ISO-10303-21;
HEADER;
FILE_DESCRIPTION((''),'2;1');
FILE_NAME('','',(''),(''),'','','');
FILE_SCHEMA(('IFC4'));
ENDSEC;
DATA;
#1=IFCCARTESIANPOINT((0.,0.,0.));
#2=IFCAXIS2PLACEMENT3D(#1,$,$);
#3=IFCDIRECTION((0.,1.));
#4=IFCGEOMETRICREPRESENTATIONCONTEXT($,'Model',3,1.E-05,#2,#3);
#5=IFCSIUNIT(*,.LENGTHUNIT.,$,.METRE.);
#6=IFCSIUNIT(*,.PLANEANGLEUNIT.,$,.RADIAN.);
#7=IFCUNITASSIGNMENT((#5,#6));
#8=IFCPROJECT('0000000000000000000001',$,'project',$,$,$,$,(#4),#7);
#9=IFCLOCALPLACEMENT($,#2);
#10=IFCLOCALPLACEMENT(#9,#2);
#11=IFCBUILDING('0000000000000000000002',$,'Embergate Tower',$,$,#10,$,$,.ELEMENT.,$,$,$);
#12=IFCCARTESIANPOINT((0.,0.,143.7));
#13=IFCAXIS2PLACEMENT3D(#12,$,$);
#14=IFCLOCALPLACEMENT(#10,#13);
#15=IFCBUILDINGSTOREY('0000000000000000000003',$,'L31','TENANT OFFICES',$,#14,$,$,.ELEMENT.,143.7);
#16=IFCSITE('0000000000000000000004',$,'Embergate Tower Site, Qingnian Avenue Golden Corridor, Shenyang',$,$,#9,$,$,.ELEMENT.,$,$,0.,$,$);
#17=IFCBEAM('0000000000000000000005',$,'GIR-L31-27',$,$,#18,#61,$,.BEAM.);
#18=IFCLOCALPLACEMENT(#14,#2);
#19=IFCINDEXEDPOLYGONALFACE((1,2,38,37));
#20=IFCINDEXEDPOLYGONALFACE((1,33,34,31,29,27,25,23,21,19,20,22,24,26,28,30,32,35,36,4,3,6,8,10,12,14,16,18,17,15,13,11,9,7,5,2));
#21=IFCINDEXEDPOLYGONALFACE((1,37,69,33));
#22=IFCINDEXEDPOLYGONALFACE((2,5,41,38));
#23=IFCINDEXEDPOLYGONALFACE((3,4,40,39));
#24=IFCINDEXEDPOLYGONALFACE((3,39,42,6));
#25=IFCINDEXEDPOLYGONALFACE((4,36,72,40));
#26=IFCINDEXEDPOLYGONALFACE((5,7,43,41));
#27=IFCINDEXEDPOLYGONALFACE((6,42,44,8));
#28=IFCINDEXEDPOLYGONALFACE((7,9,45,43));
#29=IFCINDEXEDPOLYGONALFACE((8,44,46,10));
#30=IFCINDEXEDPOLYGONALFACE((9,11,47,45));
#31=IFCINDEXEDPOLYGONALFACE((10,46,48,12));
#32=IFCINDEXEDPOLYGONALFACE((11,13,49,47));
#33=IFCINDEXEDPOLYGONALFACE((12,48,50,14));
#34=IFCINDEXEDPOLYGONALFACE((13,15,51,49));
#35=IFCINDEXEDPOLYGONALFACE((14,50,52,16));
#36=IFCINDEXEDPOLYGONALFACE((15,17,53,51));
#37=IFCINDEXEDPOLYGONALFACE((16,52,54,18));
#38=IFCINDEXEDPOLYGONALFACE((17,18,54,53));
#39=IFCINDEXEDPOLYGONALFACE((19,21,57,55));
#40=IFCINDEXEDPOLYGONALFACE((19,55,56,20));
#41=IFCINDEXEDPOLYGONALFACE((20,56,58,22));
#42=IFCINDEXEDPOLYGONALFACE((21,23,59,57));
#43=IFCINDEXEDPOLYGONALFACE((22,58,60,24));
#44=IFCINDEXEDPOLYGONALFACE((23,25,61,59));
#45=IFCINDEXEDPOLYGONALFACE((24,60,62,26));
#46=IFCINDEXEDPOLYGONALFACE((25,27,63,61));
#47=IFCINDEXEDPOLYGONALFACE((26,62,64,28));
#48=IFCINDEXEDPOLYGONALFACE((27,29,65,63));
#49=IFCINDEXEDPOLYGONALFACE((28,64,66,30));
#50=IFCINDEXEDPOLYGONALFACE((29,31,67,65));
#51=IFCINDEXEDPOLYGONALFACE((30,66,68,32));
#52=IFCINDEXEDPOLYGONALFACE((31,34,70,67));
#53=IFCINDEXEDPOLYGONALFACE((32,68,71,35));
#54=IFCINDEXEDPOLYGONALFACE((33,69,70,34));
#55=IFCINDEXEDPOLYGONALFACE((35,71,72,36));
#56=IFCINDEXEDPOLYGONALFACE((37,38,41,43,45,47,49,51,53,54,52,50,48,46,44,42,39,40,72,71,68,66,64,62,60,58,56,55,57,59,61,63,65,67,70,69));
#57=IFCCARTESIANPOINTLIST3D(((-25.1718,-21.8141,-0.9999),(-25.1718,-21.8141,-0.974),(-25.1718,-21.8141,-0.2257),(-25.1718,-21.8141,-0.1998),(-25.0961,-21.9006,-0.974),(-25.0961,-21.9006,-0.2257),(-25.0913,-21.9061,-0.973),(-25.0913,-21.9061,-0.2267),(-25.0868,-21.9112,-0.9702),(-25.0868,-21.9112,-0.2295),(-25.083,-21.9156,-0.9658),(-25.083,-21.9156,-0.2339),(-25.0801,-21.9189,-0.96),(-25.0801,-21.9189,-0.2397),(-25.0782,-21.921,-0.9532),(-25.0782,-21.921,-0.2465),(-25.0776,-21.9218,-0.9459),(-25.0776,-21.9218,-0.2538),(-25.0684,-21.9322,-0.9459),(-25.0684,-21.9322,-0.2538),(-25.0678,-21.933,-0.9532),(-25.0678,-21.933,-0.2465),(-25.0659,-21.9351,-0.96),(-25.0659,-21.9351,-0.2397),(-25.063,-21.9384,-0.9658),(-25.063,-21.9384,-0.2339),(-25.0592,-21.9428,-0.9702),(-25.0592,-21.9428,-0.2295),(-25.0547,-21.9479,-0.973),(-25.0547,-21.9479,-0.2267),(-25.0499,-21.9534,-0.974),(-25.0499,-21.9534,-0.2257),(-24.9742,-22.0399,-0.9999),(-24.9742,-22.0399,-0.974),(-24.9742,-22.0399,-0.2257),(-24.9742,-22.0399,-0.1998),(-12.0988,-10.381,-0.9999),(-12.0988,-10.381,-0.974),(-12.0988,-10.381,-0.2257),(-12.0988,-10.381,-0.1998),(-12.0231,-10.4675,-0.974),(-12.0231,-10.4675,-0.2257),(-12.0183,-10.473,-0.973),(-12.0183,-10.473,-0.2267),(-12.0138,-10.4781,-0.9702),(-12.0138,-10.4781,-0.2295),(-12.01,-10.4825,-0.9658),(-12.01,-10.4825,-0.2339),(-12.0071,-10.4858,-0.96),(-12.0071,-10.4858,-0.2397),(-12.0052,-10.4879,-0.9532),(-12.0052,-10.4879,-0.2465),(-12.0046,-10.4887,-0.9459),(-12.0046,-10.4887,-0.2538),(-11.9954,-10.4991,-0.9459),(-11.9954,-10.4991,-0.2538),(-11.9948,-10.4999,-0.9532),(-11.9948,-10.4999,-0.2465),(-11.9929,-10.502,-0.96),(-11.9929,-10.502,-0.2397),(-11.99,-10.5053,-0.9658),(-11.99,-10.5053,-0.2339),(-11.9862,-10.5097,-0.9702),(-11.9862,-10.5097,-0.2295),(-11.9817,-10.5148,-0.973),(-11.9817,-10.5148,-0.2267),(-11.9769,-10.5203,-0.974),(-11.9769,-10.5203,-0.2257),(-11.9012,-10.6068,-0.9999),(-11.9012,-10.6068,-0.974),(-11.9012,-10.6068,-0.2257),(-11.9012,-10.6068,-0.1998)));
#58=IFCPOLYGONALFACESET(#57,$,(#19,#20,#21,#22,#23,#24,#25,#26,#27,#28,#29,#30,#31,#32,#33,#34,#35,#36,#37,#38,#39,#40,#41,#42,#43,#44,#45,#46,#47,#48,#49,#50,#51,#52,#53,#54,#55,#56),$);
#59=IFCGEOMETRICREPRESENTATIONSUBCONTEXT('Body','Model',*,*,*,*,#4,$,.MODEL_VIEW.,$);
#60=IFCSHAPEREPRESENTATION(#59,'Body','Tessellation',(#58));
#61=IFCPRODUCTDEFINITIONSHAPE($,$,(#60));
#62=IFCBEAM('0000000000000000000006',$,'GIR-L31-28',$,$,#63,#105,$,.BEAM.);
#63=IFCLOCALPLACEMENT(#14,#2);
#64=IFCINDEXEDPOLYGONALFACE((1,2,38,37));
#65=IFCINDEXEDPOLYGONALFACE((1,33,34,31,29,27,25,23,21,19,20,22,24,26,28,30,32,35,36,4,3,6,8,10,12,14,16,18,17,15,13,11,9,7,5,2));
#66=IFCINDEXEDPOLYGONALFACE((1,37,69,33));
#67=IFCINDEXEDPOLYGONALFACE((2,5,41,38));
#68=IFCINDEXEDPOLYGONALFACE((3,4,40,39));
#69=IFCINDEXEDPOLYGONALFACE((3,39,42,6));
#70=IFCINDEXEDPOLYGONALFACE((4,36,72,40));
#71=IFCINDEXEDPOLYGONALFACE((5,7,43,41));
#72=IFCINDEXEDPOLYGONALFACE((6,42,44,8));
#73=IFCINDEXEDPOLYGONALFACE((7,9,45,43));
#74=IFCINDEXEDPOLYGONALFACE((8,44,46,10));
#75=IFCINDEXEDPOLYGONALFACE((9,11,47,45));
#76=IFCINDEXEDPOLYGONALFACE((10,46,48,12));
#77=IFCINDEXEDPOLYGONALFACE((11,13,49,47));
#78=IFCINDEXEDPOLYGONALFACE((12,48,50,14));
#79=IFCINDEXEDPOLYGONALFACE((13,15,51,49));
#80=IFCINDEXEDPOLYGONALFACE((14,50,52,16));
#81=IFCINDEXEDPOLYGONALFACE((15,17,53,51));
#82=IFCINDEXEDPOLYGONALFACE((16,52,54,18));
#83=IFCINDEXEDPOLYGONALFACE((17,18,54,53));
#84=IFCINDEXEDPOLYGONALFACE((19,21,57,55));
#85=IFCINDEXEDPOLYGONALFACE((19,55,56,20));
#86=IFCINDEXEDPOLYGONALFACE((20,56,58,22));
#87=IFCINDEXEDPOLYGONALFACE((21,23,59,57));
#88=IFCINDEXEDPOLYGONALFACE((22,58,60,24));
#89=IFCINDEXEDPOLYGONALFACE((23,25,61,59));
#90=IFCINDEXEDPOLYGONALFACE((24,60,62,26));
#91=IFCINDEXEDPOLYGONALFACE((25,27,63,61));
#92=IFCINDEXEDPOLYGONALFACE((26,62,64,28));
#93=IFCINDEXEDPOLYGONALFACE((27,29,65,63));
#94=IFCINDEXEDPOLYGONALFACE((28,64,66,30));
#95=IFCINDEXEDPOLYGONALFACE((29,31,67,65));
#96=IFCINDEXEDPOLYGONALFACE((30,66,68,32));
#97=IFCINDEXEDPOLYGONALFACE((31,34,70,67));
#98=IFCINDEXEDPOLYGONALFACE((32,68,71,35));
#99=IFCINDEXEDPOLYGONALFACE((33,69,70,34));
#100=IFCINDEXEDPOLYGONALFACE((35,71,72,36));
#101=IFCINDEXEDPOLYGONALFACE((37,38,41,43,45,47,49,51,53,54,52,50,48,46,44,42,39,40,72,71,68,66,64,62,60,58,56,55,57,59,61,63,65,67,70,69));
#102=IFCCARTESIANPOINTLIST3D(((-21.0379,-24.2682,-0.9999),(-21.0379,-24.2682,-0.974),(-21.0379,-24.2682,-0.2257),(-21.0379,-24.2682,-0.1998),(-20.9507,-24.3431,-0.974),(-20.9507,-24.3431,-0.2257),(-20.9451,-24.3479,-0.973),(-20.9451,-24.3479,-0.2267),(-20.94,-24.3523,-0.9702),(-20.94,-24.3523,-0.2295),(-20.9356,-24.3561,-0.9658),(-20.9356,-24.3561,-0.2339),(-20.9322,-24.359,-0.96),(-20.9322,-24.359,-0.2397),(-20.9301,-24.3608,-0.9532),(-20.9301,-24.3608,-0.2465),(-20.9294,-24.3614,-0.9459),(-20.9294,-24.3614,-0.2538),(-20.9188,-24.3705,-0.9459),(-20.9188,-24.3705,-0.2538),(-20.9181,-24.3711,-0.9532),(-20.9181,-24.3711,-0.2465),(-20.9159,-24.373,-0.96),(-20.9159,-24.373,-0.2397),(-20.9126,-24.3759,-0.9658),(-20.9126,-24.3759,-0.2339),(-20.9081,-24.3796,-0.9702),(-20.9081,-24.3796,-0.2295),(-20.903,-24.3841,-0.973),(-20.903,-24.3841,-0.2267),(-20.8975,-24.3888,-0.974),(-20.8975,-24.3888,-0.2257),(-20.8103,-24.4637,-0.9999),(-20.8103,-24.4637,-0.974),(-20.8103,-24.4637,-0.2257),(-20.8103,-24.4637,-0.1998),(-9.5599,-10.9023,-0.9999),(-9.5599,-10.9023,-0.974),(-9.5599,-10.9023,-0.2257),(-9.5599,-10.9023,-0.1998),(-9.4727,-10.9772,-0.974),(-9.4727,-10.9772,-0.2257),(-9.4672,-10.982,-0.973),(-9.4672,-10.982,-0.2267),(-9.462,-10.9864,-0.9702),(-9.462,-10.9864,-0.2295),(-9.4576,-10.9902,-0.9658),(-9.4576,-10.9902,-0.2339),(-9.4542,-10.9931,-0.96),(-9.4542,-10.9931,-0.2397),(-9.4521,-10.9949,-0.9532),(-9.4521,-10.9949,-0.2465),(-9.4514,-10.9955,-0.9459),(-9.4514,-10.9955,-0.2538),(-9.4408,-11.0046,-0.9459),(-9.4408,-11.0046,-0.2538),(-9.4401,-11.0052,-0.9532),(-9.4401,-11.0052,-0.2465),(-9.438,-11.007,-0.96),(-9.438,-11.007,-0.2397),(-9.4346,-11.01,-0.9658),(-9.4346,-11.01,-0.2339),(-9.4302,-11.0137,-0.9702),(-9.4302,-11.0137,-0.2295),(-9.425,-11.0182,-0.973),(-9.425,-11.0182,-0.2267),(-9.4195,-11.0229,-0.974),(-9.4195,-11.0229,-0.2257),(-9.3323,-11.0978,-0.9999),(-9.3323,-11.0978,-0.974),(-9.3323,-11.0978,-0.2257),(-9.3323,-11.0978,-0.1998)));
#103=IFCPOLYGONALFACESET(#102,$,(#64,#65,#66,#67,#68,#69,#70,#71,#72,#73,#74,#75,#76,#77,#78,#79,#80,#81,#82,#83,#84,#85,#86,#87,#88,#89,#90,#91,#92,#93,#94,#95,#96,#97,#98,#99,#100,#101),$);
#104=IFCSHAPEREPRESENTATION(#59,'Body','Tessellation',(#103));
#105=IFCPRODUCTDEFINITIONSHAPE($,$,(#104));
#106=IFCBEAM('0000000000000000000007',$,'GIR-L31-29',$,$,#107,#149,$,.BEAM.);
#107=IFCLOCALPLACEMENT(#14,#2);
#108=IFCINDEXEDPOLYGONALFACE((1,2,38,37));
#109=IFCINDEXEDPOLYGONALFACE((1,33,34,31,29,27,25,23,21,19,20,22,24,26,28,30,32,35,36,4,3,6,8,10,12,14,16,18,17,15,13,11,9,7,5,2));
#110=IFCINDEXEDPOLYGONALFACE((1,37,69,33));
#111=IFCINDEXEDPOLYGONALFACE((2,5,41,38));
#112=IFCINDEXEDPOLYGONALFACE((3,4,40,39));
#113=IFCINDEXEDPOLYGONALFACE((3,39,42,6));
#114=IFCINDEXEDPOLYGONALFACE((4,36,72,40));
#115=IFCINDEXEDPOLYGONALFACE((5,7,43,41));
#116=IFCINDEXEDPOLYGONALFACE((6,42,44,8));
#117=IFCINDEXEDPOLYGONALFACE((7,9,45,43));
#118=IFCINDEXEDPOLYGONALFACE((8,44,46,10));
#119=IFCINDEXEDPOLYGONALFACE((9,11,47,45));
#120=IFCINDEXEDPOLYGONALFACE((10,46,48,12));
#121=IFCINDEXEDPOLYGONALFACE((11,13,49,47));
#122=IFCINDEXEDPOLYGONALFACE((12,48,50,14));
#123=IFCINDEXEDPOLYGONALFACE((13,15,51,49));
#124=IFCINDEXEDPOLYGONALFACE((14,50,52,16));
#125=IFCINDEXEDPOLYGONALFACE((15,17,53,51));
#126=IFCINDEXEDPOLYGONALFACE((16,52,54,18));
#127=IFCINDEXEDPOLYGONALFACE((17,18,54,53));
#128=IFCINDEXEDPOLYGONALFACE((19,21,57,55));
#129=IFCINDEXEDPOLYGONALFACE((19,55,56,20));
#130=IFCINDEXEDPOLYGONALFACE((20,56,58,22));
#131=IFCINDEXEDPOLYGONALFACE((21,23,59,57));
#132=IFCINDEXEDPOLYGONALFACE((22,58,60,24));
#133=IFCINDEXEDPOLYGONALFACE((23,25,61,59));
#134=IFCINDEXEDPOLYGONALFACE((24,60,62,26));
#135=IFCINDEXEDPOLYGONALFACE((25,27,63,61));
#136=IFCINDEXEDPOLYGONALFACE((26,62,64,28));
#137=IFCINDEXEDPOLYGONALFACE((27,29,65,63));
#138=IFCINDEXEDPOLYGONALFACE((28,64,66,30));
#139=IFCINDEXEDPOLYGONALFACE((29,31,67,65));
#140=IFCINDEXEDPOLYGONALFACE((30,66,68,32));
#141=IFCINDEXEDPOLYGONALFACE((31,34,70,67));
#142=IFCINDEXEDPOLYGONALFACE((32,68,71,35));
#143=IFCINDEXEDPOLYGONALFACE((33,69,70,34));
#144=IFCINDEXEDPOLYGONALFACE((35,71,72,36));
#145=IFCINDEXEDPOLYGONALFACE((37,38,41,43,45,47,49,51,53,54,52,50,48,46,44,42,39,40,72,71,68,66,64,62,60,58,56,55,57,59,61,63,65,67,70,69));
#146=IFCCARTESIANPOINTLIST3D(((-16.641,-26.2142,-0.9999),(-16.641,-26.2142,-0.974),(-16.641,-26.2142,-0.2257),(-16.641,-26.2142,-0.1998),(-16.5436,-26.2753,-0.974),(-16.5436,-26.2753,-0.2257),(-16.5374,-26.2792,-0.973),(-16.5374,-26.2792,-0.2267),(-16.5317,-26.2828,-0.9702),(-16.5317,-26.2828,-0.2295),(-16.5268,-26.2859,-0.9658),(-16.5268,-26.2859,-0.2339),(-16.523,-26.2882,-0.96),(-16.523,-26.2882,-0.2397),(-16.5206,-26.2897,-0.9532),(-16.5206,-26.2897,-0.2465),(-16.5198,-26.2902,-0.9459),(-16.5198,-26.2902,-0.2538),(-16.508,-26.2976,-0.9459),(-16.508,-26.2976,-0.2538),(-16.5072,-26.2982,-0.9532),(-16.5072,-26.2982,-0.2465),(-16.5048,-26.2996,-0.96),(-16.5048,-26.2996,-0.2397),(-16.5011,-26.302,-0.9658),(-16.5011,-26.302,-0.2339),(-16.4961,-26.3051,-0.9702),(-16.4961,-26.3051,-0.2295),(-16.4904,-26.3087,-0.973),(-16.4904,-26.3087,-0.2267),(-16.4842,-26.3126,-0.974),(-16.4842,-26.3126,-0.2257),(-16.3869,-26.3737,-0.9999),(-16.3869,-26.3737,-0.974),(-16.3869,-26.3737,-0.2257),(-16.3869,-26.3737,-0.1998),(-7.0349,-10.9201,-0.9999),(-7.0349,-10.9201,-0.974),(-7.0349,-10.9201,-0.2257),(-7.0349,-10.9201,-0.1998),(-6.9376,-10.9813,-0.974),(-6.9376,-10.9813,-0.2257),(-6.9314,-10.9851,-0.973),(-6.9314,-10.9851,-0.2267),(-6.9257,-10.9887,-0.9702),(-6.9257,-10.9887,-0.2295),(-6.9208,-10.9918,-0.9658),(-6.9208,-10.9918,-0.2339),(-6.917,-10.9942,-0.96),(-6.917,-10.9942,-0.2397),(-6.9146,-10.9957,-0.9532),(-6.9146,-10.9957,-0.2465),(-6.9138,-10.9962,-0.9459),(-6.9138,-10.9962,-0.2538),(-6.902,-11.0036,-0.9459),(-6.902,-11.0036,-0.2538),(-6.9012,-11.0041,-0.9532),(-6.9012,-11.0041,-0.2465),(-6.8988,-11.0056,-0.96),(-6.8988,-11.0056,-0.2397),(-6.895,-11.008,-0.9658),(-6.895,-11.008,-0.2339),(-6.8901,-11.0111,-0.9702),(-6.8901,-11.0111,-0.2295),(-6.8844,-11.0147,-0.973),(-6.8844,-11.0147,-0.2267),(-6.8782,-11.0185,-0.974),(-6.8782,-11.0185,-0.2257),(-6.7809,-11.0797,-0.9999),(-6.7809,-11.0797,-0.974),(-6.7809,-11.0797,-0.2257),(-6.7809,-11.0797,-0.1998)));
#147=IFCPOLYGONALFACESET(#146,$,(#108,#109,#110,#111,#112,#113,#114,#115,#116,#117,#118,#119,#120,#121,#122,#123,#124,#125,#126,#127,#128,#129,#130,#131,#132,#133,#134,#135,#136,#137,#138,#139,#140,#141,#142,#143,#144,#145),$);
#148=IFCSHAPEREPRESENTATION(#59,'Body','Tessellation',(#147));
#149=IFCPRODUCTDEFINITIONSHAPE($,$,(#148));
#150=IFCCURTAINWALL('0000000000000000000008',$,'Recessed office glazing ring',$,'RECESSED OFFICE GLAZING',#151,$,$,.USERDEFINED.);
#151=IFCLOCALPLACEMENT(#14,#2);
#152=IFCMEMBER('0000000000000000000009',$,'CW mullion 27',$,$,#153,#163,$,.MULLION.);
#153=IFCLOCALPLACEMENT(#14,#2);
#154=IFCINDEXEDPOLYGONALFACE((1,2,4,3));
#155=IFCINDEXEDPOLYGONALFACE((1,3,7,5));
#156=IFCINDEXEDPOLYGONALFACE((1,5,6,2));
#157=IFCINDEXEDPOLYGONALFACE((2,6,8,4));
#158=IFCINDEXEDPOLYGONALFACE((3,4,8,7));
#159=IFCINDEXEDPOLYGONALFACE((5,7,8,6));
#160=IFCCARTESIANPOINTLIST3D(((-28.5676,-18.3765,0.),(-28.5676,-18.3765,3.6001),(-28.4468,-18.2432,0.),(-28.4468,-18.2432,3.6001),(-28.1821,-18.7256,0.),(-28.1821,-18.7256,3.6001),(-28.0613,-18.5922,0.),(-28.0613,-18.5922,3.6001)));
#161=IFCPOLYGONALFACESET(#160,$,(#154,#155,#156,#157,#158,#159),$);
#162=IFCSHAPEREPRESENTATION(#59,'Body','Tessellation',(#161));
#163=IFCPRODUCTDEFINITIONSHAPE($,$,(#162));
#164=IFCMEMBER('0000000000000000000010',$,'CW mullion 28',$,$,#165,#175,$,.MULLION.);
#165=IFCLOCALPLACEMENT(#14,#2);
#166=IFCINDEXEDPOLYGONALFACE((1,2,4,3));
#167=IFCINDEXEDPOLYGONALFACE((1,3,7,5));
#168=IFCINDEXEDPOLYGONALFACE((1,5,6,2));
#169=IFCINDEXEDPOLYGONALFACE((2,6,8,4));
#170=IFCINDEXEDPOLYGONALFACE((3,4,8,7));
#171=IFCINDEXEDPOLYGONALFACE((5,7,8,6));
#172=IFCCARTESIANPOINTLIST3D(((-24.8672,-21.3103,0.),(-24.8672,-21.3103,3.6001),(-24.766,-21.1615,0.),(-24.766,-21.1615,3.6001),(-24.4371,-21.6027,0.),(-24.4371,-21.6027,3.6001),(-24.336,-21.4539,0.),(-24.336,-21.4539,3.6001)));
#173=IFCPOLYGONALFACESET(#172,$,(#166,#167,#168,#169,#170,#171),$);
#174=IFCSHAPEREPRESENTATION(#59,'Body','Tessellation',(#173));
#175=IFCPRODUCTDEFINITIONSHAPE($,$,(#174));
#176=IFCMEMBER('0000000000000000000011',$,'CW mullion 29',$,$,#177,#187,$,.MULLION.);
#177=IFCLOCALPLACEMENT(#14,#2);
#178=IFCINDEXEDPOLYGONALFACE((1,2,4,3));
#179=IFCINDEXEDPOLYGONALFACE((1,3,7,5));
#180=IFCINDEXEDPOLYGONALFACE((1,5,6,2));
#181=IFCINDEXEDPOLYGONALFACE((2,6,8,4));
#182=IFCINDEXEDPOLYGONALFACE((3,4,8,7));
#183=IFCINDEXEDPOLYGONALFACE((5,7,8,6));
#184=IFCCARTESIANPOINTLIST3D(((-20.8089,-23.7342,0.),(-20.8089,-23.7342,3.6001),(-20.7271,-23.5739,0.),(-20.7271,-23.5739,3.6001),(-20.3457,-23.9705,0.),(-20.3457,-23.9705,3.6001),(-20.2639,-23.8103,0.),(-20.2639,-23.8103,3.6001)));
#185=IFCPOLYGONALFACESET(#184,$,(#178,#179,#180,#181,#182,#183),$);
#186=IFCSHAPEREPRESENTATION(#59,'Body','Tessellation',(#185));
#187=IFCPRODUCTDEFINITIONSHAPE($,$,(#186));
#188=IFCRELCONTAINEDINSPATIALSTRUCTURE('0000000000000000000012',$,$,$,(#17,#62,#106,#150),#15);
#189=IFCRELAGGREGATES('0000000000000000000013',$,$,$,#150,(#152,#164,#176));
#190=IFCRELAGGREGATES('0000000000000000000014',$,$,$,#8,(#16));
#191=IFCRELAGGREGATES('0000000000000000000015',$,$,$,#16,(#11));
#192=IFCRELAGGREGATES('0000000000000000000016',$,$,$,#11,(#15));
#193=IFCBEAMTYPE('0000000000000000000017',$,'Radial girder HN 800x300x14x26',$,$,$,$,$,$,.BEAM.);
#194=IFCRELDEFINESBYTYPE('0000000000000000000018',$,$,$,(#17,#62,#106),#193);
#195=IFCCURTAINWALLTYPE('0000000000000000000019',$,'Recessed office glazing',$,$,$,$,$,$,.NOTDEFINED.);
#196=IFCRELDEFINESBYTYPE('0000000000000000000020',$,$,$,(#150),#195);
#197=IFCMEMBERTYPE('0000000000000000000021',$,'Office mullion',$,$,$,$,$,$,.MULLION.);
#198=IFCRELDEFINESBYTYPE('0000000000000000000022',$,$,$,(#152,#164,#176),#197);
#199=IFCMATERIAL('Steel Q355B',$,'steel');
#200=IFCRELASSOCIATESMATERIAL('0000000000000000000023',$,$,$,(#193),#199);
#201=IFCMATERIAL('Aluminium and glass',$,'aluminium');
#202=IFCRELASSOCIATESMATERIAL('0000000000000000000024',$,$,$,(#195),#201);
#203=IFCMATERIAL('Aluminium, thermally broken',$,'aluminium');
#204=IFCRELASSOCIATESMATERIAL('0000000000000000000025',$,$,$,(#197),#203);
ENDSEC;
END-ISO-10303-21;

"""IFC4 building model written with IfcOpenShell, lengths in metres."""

from ifc_helpers import new_model, si_unit, direction, frame, origin, origin_2d, place, context, subcontext, project, spatial, rectangle, i_section, extrude, source, transform, mapped, material, material_profile, profile_set, type_object, element, aggregate, save


model = new_model("IFC4")

# Units and contexts
model_context = context("Model", 3, precision=1e-05, world=origin(), true_north=direction((0.0, 1.0)))
body_context = subcontext(model_context, "Body", "Model", "MODEL_VIEW")
ifc_project = project(units=[si_unit("LENGTHUNIT", "METRE"), si_unit("PLANEANGLEUNIT", "RADIAN")], contexts=[model_context])

# Site, building, storey
site_placement = place(None, origin())
site = spatial("IfcSite", under=ifc_project, at=site_placement, Name="Embergate Tower Site, Qingnian Avenue Golden Corridor, Shenyang", CompositionType="ELEMENT", RefElevation=0.0)
building_placement = place(site_placement, origin())
building = spatial("IfcBuilding", under=site, at=building_placement, Name="Embergate Tower", CompositionType="ELEMENT")
storey_placement = place(building_placement, frame((0.0, 0.0, 143.7)))
storey = spatial("IfcBuildingStorey", under=building, at=storey_placement, Name="L31", Description="TENANT OFFICES", CompositionType="ELEMENT", Elevation=143.7)

# Beams
ifc_material_1 = material(Name="Steel Q355B", Category="steel")
ifc_material_profile_1 = material_profile(ifc_material_1, i_section(OverallWidth=0.3, OverallDepth=0.8, WebThickness=0.0139, FlangeThickness=0.0259, FilletRadius=0.0281, at=origin_2d()), Name="HN 800x300x14x26")
ifc_profile_set_1 = profile_set([ifc_material_profile_1], Name="Steel Q355 grade B")
beam_type_1 = type_object("IfcBeamType", Name="Radial girder HN 800x300x14x26", PredefinedType="BEAM", material=ifc_profile_set_1)
shared_shape_1 = source(origin(), body_context, "Body", "SweptSolid", [
    extrude(i_section(OverallWidth=0.3, OverallDepth=0.8, WebThickness=0.0139, FlangeThickness=0.0259, FilletRadius=0.0281, at=origin_2d()), origin(), (0.0, 0.0, 1.0), 17.3672),
])
beam_1_placement = place(storey_placement, frame((-25.073, -21.927, -0.5999), z_axis=(0.752741, 0.658316, 0.0), x_axis=(-0.658316, 0.752741, 0.0)))
element("IfcBeam", 1, at=beam_1_placement, inside=storey, type_object=beam_type_1, Name="GIR-L31-27", PredefinedType="BEAM", context=body_context, shape_type="MappedRepresentation", body=[
    mapped(shared_shape_1, transform((0.0, 0.0, 0.0))),
])
shared_shape_2 = source(origin(), body_context, "Body", "SweptSolid", [
    extrude(i_section(OverallWidth=0.3, OverallDepth=0.8, WebThickness=0.0139, FlangeThickness=0.0259, FilletRadius=0.0281, at=origin_2d()), origin(), (0.0, 0.0, 1.0), 17.6179),
])
beam_2_placement = place(storey_placement, frame((-20.9241, -24.366, -0.5999), z_axis=(0.651494, 0.758654, 0.0), x_axis=(-0.758654, 0.651494, 0.0)))
element("IfcBeam", 2, at=beam_2_placement, inside=storey, type_object=beam_type_1, Name="GIR-L31-28", PredefinedType="BEAM", context=body_context, shape_type="MappedRepresentation", body=[
    mapped(shared_shape_2, transform((0.0, 0.0, 0.0))),
])
shared_shape_3 = source(origin(), body_context, "Body", "SweptSolid", [
    extrude(i_section(OverallWidth=0.3, OverallDepth=0.8, WebThickness=0.0139, FlangeThickness=0.0259, FilletRadius=0.0281, at=origin_2d()), origin(), (0.0, 0.0, 1.0), 18.0605),
])
beam_3_placement = place(storey_placement, frame((-16.5139, -26.2939, -0.5999), z_axis=(0.531879, 0.846821, 0.0), x_axis=(-0.846821, 0.531879, 0.0)))
element("IfcBeam", 3, at=beam_3_placement, inside=storey, type_object=beam_type_1, Name="GIR-L31-29", PredefinedType="BEAM", context=body_context, shape_type="MappedRepresentation", body=[
    mapped(shared_shape_3, transform((0.0, 0.0, 0.0))),
])

# Curtain wall, members
ifc_material_2 = material(Name="Aluminium and glass", Category="aluminium")
curtain_wall_type = type_object("IfcCurtainWallType", Name="Recessed office glazing", PredefinedType="NOTDEFINED", material=ifc_material_2)
curtain_wall_placement = place(storey_placement, origin())
curtain_wall = element("IfcCurtainWall", 4, at=curtain_wall_placement, inside=storey, type_object=curtain_wall_type, Name="Recessed office glazing ring", ObjectType="RECESSED OFFICE GLAZING", PredefinedType="USERDEFINED")
ifc_material_3 = material(Name="Aluminium, thermally broken", Category="aluminium")
ifc_material_profile_2 = material_profile(ifc_material_3, rectangle(XDim=0.1799, YDim=0.52, at=origin_2d()), Name="AL 520x180")
ifc_profile_set_2 = profile_set([ifc_material_profile_2], Name="Aluminium, thermally broken")
member_type_1 = type_object("IfcMemberType", Name="Office mullion", PredefinedType="MULLION", material=ifc_profile_set_2)
shared_shape_4 = source(origin(), body_context, "Body", "SweptSolid", [
    extrude(rectangle(XDim=0.1799, YDim=0.52, at=origin_2d()), origin(), (0.0, 0.0, 1.0), 3.6001),
])
member_1_placement = place(storey_placement, frame((-28.3145, -18.4844, 0.0), z_axis=(0.0, 0.0, 1.0), x_axis=(0.67122, 0.741258, 0.0)))
member_1 = element("IfcMember", 5, at=member_1_placement, type_object=member_type_1, Name="CW mullion 27", PredefinedType="MULLION", context=body_context, shape_type="MappedRepresentation", body=[
    mapped(shared_shape_4, transform((0.0, 0.0, 0.0))),
])
member_2_placement = place(storey_placement, frame((-24.6016, -21.3821, 0.0), z_axis=(0.0, 0.0, 1.0), x_axis=(0.562209, 0.826995, 0.0)))
member_2 = element("IfcMember", 6, at=member_2_placement, type_object=member_type_1, Name="CW mullion 28", PredefinedType="MULLION", context=body_context, shape_type="MappedRepresentation", body=[
    mapped(shared_shape_4, transform((0.0, 0.0, 0.0))),
])
member_3_placement = place(storey_placement, frame((-20.5364, -23.7722, 0.0), z_axis=(0.0, 0.0, 1.0), x_axis=(0.454504, 0.890745, 0.0)))
member_3 = element("IfcMember", 7, at=member_3_placement, type_object=member_type_1, Name="CW mullion 29", PredefinedType="MULLION", context=body_context, shape_type="MappedRepresentation", body=[
    mapped(shared_shape_4, transform((0.0, 0.0, 0.0))),
])
aggregate(curtain_wall, [member_1, member_2, member_3])

save(model, "model.ifc")
